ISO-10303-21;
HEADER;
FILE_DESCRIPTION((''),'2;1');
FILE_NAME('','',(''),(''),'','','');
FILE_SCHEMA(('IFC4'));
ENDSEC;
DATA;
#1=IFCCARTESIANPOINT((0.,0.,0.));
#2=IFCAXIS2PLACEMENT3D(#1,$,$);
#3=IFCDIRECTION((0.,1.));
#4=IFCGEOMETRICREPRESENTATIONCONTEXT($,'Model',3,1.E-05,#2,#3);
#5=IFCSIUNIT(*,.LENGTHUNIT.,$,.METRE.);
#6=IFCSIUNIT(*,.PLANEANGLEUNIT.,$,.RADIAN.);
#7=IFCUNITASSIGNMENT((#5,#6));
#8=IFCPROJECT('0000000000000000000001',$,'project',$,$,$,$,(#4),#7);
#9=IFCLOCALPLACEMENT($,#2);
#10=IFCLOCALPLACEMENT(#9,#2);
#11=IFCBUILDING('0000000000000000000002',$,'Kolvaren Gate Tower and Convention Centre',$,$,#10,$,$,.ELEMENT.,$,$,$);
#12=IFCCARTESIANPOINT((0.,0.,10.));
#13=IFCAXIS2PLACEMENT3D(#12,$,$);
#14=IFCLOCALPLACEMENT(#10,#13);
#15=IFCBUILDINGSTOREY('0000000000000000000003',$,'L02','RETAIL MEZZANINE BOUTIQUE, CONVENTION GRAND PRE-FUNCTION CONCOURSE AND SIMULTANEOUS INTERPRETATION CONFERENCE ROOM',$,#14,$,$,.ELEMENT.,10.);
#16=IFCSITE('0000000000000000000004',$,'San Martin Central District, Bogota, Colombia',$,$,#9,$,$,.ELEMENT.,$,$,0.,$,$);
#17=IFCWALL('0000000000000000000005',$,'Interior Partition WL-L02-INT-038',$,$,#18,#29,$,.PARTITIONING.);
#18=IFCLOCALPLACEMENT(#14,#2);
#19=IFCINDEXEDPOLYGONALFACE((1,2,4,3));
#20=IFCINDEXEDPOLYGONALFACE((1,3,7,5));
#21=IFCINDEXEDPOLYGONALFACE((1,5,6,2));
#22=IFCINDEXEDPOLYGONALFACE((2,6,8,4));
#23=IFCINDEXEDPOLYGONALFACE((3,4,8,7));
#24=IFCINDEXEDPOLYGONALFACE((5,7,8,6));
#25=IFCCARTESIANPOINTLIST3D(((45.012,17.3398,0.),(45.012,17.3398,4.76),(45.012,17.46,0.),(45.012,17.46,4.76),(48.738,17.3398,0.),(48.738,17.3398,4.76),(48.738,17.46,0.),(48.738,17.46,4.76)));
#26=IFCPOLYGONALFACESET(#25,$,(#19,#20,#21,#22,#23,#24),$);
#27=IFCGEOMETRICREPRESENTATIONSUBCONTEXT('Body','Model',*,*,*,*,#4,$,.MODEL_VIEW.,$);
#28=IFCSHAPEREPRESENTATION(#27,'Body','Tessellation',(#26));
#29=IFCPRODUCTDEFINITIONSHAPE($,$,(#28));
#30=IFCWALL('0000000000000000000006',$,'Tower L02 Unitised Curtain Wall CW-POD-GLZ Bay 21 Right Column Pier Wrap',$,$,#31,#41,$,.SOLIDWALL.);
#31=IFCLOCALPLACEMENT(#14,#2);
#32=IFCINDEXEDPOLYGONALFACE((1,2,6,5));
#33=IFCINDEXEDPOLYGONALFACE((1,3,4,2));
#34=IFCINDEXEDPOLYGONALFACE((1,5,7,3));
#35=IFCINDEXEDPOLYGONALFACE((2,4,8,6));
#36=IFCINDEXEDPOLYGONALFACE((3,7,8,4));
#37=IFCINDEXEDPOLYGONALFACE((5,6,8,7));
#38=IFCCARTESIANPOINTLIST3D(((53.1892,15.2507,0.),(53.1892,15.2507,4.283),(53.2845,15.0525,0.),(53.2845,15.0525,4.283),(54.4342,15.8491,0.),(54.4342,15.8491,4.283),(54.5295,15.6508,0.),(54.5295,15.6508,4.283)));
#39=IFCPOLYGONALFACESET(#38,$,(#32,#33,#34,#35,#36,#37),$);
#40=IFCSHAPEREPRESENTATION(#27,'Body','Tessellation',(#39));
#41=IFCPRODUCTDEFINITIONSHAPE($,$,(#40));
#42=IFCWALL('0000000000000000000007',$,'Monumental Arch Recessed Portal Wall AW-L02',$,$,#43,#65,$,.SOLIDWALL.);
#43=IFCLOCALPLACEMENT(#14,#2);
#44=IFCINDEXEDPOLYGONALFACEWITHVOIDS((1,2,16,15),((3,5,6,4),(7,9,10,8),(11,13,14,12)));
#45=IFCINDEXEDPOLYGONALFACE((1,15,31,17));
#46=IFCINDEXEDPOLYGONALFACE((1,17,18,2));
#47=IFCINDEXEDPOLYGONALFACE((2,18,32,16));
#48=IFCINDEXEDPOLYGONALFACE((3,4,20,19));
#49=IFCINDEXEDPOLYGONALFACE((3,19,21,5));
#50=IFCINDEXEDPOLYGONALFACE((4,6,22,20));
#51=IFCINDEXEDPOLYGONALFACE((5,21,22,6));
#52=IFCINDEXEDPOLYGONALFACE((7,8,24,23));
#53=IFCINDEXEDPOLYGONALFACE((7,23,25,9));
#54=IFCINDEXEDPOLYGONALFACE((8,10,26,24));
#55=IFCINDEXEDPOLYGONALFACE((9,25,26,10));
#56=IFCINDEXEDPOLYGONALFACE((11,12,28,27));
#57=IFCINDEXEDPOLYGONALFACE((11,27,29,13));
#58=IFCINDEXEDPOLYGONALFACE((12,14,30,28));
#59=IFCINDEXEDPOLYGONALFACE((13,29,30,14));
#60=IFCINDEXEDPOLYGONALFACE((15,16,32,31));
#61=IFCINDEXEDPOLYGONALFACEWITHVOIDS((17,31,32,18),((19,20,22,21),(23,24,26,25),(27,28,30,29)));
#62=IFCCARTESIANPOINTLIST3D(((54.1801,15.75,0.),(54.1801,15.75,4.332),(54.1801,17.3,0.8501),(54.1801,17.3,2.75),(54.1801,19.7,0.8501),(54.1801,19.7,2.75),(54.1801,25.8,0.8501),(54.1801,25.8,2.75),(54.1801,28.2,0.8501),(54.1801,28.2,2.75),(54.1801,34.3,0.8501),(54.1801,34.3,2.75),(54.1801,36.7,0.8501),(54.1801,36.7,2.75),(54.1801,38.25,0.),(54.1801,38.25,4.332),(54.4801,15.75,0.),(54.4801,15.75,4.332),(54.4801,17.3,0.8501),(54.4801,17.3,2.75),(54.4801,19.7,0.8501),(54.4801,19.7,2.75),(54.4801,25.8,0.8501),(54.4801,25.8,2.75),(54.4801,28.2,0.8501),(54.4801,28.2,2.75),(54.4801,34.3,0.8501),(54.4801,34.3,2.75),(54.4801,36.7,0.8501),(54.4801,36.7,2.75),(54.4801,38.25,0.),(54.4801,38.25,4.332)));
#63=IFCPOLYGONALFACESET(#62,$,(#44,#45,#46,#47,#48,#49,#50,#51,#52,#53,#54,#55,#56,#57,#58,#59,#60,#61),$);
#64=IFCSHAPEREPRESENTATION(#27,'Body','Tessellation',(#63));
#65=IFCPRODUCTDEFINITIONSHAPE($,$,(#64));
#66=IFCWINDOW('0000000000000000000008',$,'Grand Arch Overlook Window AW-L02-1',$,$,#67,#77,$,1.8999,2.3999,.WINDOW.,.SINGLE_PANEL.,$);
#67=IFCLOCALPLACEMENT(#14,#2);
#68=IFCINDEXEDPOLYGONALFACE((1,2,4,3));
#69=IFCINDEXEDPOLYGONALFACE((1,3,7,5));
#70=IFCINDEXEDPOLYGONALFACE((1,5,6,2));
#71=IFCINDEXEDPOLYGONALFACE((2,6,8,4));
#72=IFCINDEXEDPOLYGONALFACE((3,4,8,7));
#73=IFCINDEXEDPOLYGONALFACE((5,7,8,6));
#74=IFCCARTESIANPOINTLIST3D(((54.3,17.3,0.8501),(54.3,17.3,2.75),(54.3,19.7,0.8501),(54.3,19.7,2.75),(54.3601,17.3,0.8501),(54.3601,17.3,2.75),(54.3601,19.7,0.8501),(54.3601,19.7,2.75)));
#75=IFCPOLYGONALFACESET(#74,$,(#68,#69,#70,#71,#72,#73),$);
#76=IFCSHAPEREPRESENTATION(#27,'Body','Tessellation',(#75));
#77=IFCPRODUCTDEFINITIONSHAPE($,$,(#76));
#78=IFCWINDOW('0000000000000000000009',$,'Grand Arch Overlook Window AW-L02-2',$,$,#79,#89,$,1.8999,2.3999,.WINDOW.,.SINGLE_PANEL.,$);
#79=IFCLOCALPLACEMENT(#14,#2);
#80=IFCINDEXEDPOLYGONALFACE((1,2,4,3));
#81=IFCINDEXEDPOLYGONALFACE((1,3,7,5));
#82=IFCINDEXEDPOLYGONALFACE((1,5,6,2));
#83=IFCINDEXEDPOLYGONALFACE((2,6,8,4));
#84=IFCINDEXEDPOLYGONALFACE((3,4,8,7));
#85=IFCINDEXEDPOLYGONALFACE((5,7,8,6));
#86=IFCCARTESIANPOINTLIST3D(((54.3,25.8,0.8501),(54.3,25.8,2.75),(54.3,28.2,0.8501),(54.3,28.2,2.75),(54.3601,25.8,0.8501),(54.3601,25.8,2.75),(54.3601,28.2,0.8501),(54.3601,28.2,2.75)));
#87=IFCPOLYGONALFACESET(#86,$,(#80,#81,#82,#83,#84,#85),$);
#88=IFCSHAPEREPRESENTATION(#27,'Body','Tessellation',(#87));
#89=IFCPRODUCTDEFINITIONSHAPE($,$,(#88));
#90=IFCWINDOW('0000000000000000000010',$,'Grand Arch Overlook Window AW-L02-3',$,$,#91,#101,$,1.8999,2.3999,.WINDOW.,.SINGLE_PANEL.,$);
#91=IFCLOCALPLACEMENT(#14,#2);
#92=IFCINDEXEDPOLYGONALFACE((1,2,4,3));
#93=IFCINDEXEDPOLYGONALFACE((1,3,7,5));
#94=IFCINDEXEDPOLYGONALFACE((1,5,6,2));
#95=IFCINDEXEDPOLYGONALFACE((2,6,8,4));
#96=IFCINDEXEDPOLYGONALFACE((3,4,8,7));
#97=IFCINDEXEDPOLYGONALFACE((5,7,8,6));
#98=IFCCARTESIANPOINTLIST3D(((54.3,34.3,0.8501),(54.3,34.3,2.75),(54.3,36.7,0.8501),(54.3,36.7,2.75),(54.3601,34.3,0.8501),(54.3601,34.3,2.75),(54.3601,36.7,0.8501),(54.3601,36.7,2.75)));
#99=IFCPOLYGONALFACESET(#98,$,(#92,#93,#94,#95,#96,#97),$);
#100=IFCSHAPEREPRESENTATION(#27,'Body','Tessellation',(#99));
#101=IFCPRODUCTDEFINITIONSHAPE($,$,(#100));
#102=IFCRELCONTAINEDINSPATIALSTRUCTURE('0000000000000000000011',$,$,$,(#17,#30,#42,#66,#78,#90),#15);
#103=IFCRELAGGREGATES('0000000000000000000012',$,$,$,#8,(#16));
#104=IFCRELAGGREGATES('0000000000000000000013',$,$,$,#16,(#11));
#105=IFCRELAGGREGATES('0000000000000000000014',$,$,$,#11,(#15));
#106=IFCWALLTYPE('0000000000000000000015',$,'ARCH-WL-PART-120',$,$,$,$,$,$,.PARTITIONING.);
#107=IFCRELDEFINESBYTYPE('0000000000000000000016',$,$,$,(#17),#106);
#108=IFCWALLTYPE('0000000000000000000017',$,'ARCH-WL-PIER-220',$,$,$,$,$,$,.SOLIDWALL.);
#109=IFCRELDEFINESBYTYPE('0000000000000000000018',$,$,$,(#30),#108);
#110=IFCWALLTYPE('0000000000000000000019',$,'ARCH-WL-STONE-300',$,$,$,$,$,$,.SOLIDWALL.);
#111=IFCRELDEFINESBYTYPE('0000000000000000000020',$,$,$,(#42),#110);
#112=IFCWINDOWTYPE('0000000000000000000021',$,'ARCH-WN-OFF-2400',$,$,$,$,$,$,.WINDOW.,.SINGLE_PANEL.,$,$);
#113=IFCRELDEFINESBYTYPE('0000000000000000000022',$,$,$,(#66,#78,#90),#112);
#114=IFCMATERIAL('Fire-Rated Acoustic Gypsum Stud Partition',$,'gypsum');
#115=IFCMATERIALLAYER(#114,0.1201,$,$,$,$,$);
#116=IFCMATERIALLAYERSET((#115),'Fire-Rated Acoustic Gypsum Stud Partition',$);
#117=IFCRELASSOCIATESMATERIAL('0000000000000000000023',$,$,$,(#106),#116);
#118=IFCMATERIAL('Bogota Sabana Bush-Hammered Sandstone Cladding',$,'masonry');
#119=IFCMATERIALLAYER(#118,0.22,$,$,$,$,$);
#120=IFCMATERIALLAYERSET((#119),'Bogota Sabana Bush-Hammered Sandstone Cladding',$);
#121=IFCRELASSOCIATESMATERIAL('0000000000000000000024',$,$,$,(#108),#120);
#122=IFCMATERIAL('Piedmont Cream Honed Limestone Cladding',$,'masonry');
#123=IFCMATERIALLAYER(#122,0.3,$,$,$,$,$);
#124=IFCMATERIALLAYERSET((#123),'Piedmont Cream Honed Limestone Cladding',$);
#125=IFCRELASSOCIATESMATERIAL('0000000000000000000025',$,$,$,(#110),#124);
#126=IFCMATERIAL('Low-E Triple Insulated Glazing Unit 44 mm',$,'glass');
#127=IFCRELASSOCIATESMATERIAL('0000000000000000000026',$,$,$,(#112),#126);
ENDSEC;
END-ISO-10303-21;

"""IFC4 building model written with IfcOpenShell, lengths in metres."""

from ifc_helpers import new_model, si_unit, direction, frame, frame_2d, origin, place, context, subcontext, project, spatial, rectangle, extrude, material, layer, layer_set, type_object, element, fill, save


model = new_model("IFC4")

# Units and contexts
model_context = context("Model", 3, precision=1e-05, world=origin(), true_north=direction((0.0, 1.0)))
body_context = subcontext(model_context, "Body", "Model", "MODEL_VIEW")
ifc_project = project(units=[si_unit("LENGTHUNIT", "METRE"), si_unit("PLANEANGLEUNIT", "RADIAN")], contexts=[model_context])

# Site, building, storey
site_placement = place(None, origin())
site = spatial("IfcSite", under=ifc_project, at=site_placement, Name="San Martin Central District, Bogota, Colombia", CompositionType="ELEMENT", RefElevation=0.0)
building_placement = place(site_placement, origin())
building = spatial("IfcBuilding", under=site, at=building_placement, Name="Kolvaren Gate Tower and Convention Centre", CompositionType="ELEMENT")
storey_placement = place(building_placement, frame((0.0, 0.0, 10.0)))
storey = spatial("IfcBuildingStorey", under=building, at=storey_placement, Name="L02", Description="RETAIL MEZZANINE BOUTIQUE, CONVENTION GRAND PRE-FUNCTION CONCOURSE AND SIMULTANEOUS INTERPRETATION CONFERENCE ROOM", CompositionType="ELEMENT", Elevation=10.0)

# Shared definitions
ifc_material_1 = material(Name="Low-E Triple Insulated Glazing Unit 44 mm", Category="glass")

# Shared definitions
ifc_material_2 = material(Name="Fire-Rated Acoustic Gypsum Stud Partition", Category="gypsum")
ifc_layer_1 = layer(ifc_material_2, 0.1201)
ifc_layer_set_1 = layer_set([ifc_layer_1], Name="Fire-Rated Acoustic Gypsum Stud Partition")
wall_type_1 = type_object("IfcWallType", Name="ARCH-WL-PART-120", PredefinedType="PARTITIONING", material=ifc_layer_set_1)

# Walls
wall_1_placement = place(storey_placement, frame((45.012, 17.3999, 0.0), z_axis=(0.0, 0.0, 1.0), x_axis=(1.0, 0.0, 0.0)))
element("IfcWall", 1, at=wall_1_placement, inside=storey, type_object=wall_type_1, Name="Interior Partition WL-L02-INT-038", PredefinedType="PARTITIONING", context=body_context, shape_type="SweptSolid", body=[
    extrude(rectangle(XDim=3.7261, YDim=0.1201, at=frame_2d((1.863, 0.0))), origin(), (0.0, 0.0, 1.0), 4.76),
])
ifc_material_3 = material(Name="Bogota Sabana Bush-Hammered Sandstone Cladding", Category="masonry")
ifc_layer_2 = layer(ifc_material_3, 0.22)
ifc_layer_set_2 = layer_set([ifc_layer_2], Name="Bogota Sabana Bush-Hammered Sandstone Cladding")
wall_type_2 = type_object("IfcWallType", Name="ARCH-WL-PIER-220", PredefinedType="SOLIDWALL", material=ifc_layer_set_2)
wall_2_placement = place(storey_placement, frame((53.2368, 15.1516, 0.0), z_axis=(0.0, 0.0, 1.0), x_axis=(0.901316, 0.433162, 0.0)))
element("IfcWall", 2, at=wall_2_placement, inside=storey, type_object=wall_type_2, Name="Tower L02 Unitised Curtain Wall CW-POD-GLZ Bay 21 Right Column Pier Wrap", PredefinedType="SOLIDWALL", context=body_context, shape_type="SweptSolid", body=[
    extrude(rectangle(XDim=1.3813, YDim=0.22, at=frame_2d((0.6907, 0.0))), origin(), (0.0, 0.0, 1.0), 4.283),
])

# Wall, openings, windows
ifc_material_4 = material(Name="Piedmont Cream Honed Limestone Cladding", Category="masonry")
ifc_layer_3 = layer(ifc_material_4, 0.3)
ifc_layer_set_3 = layer_set([ifc_layer_3], Name="Piedmont Cream Honed Limestone Cladding")
wall_type_3 = type_object("IfcWallType", Name="ARCH-WL-STONE-300", PredefinedType="SOLIDWALL", material=ifc_layer_set_3)
wall_3_placement = place(storey_placement, frame((54.3301, 15.75, 0.0), z_axis=(0.0, 0.0, 1.0), x_axis=(0.0, 1.0, 0.0)))
wall_3 = element("IfcWall", 3, at=wall_3_placement, inside=storey, type_object=wall_type_3, Name="Monumental Arch Recessed Portal Wall AW-L02", PredefinedType="SOLIDWALL", context=body_context, shape_type="SweptSolid", body=[
    extrude(rectangle(XDim=22.5, YDim=0.3, at=frame_2d((11.25, 0.0))), origin(), (0.0, 0.0, 1.0), 4.332),
])
opening_1_placement = place(wall_3_placement, frame((1.55, 0.0, 0.8501)))
opening_1 = element("IfcOpeningElement", 4, at=opening_1_placement, cuts=wall_3, PredefinedType="OPENING", context=body_context, shape_type="SweptSolid", body=[
    extrude(rectangle(XDim=2.3999, YDim=1.8999, at=frame_2d((1.2, 0.95))), frame((0.0, 0.1599, 0.0), z_axis=(0.0, -1.0, 0.0), x_axis=(1.0, 0.0, 0.0)), (0.0, 0.0, 1.0), 0.3201),
])
opening_2_placement = place(wall_3_placement, frame((10.05, 0.0, 0.8501)))
opening_2 = element("IfcOpeningElement", 5, at=opening_2_placement, cuts=wall_3, PredefinedType="OPENING", context=body_context, shape_type="SweptSolid", body=[
    extrude(rectangle(XDim=2.3999, YDim=1.8999, at=frame_2d((1.2, 0.95))), frame((0.0, 0.1599, 0.0), z_axis=(0.0, -1.0, 0.0), x_axis=(1.0, 0.0, 0.0)), (0.0, 0.0, 1.0), 0.3201),
])
opening_3_placement = place(wall_3_placement, frame((18.55, 0.0, 0.8501)))
opening_3 = element("IfcOpeningElement", 6, at=opening_3_placement, cuts=wall_3, PredefinedType="OPENING", context=body_context, shape_type="SweptSolid", body=[
    extrude(rectangle(XDim=2.3999, YDim=1.8999, at=frame_2d((1.2, 0.95))), frame((0.0, 0.1599, 0.0), z_axis=(0.0, -1.0, 0.0), x_axis=(1.0, 0.0, 0.0)), (0.0, 0.0, 1.0), 0.3201),
])
window_type = type_object("IfcWindowType", Name="ARCH-WN-OFF-2400", PartitioningType="SINGLE_PANEL", PredefinedType="WINDOW", material=ifc_material_1)
window_1_placement = place(opening_1_placement, origin())
window_1 = element("IfcWindow", 7, at=window_1_placement, inside=storey, type_object=window_type, Name="Grand Arch Overlook Window AW-L02-1", OverallHeight=1.8999, OverallWidth=2.3999, PartitioningType="SINGLE_PANEL", PredefinedType="WINDOW", context=body_context, shape_type="SweptSolid", body=[
    extrude(rectangle(XDim=2.3999, YDim=1.8999, at=frame_2d((1.2, 0.95))), frame((0.0, 0.03, 0.0), z_axis=(0.0, -1.0, 0.0), x_axis=(1.0, 0.0, 0.0)), (0.0, 0.0, 1.0), 0.0601),
])
fill(opening_1, window_1)
window_2_placement = place(opening_2_placement, origin())
window_2 = element("IfcWindow", 8, at=window_2_placement, inside=storey, type_object=window_type, Name="Grand Arch Overlook Window AW-L02-2", OverallHeight=1.8999, OverallWidth=2.3999, PartitioningType="SINGLE_PANEL", PredefinedType="WINDOW", context=body_context, shape_type="SweptSolid", body=[
    extrude(rectangle(XDim=2.3999, YDim=1.8999, at=frame_2d((1.2, 0.95))), frame((0.0, 0.03, 0.0), z_axis=(0.0, -1.0, 0.0), x_axis=(1.0, 0.0, 0.0)), (0.0, 0.0, 1.0), 0.0601),
])
fill(opening_2, window_2)
window_3_placement = place(opening_3_placement, origin())
window_3 = element("IfcWindow", 9, at=window_3_placement, inside=storey, type_object=window_type, Name="Grand Arch Overlook Window AW-L02-3", OverallHeight=1.8999, OverallWidth=2.3999, PartitioningType="SINGLE_PANEL", PredefinedType="WINDOW", context=body_context, shape_type="SweptSolid", body=[
    extrude(rectangle(XDim=2.3999, YDim=1.8999, at=frame_2d((1.2, 0.95))), frame((0.0, 0.03, 0.0), z_axis=(0.0, -1.0, 0.0), x_axis=(1.0, 0.0, 0.0)), (0.0, 0.0, 1.0), 0.0601),
])
fill(opening_3, window_3)

save(model, "model.ifc")
